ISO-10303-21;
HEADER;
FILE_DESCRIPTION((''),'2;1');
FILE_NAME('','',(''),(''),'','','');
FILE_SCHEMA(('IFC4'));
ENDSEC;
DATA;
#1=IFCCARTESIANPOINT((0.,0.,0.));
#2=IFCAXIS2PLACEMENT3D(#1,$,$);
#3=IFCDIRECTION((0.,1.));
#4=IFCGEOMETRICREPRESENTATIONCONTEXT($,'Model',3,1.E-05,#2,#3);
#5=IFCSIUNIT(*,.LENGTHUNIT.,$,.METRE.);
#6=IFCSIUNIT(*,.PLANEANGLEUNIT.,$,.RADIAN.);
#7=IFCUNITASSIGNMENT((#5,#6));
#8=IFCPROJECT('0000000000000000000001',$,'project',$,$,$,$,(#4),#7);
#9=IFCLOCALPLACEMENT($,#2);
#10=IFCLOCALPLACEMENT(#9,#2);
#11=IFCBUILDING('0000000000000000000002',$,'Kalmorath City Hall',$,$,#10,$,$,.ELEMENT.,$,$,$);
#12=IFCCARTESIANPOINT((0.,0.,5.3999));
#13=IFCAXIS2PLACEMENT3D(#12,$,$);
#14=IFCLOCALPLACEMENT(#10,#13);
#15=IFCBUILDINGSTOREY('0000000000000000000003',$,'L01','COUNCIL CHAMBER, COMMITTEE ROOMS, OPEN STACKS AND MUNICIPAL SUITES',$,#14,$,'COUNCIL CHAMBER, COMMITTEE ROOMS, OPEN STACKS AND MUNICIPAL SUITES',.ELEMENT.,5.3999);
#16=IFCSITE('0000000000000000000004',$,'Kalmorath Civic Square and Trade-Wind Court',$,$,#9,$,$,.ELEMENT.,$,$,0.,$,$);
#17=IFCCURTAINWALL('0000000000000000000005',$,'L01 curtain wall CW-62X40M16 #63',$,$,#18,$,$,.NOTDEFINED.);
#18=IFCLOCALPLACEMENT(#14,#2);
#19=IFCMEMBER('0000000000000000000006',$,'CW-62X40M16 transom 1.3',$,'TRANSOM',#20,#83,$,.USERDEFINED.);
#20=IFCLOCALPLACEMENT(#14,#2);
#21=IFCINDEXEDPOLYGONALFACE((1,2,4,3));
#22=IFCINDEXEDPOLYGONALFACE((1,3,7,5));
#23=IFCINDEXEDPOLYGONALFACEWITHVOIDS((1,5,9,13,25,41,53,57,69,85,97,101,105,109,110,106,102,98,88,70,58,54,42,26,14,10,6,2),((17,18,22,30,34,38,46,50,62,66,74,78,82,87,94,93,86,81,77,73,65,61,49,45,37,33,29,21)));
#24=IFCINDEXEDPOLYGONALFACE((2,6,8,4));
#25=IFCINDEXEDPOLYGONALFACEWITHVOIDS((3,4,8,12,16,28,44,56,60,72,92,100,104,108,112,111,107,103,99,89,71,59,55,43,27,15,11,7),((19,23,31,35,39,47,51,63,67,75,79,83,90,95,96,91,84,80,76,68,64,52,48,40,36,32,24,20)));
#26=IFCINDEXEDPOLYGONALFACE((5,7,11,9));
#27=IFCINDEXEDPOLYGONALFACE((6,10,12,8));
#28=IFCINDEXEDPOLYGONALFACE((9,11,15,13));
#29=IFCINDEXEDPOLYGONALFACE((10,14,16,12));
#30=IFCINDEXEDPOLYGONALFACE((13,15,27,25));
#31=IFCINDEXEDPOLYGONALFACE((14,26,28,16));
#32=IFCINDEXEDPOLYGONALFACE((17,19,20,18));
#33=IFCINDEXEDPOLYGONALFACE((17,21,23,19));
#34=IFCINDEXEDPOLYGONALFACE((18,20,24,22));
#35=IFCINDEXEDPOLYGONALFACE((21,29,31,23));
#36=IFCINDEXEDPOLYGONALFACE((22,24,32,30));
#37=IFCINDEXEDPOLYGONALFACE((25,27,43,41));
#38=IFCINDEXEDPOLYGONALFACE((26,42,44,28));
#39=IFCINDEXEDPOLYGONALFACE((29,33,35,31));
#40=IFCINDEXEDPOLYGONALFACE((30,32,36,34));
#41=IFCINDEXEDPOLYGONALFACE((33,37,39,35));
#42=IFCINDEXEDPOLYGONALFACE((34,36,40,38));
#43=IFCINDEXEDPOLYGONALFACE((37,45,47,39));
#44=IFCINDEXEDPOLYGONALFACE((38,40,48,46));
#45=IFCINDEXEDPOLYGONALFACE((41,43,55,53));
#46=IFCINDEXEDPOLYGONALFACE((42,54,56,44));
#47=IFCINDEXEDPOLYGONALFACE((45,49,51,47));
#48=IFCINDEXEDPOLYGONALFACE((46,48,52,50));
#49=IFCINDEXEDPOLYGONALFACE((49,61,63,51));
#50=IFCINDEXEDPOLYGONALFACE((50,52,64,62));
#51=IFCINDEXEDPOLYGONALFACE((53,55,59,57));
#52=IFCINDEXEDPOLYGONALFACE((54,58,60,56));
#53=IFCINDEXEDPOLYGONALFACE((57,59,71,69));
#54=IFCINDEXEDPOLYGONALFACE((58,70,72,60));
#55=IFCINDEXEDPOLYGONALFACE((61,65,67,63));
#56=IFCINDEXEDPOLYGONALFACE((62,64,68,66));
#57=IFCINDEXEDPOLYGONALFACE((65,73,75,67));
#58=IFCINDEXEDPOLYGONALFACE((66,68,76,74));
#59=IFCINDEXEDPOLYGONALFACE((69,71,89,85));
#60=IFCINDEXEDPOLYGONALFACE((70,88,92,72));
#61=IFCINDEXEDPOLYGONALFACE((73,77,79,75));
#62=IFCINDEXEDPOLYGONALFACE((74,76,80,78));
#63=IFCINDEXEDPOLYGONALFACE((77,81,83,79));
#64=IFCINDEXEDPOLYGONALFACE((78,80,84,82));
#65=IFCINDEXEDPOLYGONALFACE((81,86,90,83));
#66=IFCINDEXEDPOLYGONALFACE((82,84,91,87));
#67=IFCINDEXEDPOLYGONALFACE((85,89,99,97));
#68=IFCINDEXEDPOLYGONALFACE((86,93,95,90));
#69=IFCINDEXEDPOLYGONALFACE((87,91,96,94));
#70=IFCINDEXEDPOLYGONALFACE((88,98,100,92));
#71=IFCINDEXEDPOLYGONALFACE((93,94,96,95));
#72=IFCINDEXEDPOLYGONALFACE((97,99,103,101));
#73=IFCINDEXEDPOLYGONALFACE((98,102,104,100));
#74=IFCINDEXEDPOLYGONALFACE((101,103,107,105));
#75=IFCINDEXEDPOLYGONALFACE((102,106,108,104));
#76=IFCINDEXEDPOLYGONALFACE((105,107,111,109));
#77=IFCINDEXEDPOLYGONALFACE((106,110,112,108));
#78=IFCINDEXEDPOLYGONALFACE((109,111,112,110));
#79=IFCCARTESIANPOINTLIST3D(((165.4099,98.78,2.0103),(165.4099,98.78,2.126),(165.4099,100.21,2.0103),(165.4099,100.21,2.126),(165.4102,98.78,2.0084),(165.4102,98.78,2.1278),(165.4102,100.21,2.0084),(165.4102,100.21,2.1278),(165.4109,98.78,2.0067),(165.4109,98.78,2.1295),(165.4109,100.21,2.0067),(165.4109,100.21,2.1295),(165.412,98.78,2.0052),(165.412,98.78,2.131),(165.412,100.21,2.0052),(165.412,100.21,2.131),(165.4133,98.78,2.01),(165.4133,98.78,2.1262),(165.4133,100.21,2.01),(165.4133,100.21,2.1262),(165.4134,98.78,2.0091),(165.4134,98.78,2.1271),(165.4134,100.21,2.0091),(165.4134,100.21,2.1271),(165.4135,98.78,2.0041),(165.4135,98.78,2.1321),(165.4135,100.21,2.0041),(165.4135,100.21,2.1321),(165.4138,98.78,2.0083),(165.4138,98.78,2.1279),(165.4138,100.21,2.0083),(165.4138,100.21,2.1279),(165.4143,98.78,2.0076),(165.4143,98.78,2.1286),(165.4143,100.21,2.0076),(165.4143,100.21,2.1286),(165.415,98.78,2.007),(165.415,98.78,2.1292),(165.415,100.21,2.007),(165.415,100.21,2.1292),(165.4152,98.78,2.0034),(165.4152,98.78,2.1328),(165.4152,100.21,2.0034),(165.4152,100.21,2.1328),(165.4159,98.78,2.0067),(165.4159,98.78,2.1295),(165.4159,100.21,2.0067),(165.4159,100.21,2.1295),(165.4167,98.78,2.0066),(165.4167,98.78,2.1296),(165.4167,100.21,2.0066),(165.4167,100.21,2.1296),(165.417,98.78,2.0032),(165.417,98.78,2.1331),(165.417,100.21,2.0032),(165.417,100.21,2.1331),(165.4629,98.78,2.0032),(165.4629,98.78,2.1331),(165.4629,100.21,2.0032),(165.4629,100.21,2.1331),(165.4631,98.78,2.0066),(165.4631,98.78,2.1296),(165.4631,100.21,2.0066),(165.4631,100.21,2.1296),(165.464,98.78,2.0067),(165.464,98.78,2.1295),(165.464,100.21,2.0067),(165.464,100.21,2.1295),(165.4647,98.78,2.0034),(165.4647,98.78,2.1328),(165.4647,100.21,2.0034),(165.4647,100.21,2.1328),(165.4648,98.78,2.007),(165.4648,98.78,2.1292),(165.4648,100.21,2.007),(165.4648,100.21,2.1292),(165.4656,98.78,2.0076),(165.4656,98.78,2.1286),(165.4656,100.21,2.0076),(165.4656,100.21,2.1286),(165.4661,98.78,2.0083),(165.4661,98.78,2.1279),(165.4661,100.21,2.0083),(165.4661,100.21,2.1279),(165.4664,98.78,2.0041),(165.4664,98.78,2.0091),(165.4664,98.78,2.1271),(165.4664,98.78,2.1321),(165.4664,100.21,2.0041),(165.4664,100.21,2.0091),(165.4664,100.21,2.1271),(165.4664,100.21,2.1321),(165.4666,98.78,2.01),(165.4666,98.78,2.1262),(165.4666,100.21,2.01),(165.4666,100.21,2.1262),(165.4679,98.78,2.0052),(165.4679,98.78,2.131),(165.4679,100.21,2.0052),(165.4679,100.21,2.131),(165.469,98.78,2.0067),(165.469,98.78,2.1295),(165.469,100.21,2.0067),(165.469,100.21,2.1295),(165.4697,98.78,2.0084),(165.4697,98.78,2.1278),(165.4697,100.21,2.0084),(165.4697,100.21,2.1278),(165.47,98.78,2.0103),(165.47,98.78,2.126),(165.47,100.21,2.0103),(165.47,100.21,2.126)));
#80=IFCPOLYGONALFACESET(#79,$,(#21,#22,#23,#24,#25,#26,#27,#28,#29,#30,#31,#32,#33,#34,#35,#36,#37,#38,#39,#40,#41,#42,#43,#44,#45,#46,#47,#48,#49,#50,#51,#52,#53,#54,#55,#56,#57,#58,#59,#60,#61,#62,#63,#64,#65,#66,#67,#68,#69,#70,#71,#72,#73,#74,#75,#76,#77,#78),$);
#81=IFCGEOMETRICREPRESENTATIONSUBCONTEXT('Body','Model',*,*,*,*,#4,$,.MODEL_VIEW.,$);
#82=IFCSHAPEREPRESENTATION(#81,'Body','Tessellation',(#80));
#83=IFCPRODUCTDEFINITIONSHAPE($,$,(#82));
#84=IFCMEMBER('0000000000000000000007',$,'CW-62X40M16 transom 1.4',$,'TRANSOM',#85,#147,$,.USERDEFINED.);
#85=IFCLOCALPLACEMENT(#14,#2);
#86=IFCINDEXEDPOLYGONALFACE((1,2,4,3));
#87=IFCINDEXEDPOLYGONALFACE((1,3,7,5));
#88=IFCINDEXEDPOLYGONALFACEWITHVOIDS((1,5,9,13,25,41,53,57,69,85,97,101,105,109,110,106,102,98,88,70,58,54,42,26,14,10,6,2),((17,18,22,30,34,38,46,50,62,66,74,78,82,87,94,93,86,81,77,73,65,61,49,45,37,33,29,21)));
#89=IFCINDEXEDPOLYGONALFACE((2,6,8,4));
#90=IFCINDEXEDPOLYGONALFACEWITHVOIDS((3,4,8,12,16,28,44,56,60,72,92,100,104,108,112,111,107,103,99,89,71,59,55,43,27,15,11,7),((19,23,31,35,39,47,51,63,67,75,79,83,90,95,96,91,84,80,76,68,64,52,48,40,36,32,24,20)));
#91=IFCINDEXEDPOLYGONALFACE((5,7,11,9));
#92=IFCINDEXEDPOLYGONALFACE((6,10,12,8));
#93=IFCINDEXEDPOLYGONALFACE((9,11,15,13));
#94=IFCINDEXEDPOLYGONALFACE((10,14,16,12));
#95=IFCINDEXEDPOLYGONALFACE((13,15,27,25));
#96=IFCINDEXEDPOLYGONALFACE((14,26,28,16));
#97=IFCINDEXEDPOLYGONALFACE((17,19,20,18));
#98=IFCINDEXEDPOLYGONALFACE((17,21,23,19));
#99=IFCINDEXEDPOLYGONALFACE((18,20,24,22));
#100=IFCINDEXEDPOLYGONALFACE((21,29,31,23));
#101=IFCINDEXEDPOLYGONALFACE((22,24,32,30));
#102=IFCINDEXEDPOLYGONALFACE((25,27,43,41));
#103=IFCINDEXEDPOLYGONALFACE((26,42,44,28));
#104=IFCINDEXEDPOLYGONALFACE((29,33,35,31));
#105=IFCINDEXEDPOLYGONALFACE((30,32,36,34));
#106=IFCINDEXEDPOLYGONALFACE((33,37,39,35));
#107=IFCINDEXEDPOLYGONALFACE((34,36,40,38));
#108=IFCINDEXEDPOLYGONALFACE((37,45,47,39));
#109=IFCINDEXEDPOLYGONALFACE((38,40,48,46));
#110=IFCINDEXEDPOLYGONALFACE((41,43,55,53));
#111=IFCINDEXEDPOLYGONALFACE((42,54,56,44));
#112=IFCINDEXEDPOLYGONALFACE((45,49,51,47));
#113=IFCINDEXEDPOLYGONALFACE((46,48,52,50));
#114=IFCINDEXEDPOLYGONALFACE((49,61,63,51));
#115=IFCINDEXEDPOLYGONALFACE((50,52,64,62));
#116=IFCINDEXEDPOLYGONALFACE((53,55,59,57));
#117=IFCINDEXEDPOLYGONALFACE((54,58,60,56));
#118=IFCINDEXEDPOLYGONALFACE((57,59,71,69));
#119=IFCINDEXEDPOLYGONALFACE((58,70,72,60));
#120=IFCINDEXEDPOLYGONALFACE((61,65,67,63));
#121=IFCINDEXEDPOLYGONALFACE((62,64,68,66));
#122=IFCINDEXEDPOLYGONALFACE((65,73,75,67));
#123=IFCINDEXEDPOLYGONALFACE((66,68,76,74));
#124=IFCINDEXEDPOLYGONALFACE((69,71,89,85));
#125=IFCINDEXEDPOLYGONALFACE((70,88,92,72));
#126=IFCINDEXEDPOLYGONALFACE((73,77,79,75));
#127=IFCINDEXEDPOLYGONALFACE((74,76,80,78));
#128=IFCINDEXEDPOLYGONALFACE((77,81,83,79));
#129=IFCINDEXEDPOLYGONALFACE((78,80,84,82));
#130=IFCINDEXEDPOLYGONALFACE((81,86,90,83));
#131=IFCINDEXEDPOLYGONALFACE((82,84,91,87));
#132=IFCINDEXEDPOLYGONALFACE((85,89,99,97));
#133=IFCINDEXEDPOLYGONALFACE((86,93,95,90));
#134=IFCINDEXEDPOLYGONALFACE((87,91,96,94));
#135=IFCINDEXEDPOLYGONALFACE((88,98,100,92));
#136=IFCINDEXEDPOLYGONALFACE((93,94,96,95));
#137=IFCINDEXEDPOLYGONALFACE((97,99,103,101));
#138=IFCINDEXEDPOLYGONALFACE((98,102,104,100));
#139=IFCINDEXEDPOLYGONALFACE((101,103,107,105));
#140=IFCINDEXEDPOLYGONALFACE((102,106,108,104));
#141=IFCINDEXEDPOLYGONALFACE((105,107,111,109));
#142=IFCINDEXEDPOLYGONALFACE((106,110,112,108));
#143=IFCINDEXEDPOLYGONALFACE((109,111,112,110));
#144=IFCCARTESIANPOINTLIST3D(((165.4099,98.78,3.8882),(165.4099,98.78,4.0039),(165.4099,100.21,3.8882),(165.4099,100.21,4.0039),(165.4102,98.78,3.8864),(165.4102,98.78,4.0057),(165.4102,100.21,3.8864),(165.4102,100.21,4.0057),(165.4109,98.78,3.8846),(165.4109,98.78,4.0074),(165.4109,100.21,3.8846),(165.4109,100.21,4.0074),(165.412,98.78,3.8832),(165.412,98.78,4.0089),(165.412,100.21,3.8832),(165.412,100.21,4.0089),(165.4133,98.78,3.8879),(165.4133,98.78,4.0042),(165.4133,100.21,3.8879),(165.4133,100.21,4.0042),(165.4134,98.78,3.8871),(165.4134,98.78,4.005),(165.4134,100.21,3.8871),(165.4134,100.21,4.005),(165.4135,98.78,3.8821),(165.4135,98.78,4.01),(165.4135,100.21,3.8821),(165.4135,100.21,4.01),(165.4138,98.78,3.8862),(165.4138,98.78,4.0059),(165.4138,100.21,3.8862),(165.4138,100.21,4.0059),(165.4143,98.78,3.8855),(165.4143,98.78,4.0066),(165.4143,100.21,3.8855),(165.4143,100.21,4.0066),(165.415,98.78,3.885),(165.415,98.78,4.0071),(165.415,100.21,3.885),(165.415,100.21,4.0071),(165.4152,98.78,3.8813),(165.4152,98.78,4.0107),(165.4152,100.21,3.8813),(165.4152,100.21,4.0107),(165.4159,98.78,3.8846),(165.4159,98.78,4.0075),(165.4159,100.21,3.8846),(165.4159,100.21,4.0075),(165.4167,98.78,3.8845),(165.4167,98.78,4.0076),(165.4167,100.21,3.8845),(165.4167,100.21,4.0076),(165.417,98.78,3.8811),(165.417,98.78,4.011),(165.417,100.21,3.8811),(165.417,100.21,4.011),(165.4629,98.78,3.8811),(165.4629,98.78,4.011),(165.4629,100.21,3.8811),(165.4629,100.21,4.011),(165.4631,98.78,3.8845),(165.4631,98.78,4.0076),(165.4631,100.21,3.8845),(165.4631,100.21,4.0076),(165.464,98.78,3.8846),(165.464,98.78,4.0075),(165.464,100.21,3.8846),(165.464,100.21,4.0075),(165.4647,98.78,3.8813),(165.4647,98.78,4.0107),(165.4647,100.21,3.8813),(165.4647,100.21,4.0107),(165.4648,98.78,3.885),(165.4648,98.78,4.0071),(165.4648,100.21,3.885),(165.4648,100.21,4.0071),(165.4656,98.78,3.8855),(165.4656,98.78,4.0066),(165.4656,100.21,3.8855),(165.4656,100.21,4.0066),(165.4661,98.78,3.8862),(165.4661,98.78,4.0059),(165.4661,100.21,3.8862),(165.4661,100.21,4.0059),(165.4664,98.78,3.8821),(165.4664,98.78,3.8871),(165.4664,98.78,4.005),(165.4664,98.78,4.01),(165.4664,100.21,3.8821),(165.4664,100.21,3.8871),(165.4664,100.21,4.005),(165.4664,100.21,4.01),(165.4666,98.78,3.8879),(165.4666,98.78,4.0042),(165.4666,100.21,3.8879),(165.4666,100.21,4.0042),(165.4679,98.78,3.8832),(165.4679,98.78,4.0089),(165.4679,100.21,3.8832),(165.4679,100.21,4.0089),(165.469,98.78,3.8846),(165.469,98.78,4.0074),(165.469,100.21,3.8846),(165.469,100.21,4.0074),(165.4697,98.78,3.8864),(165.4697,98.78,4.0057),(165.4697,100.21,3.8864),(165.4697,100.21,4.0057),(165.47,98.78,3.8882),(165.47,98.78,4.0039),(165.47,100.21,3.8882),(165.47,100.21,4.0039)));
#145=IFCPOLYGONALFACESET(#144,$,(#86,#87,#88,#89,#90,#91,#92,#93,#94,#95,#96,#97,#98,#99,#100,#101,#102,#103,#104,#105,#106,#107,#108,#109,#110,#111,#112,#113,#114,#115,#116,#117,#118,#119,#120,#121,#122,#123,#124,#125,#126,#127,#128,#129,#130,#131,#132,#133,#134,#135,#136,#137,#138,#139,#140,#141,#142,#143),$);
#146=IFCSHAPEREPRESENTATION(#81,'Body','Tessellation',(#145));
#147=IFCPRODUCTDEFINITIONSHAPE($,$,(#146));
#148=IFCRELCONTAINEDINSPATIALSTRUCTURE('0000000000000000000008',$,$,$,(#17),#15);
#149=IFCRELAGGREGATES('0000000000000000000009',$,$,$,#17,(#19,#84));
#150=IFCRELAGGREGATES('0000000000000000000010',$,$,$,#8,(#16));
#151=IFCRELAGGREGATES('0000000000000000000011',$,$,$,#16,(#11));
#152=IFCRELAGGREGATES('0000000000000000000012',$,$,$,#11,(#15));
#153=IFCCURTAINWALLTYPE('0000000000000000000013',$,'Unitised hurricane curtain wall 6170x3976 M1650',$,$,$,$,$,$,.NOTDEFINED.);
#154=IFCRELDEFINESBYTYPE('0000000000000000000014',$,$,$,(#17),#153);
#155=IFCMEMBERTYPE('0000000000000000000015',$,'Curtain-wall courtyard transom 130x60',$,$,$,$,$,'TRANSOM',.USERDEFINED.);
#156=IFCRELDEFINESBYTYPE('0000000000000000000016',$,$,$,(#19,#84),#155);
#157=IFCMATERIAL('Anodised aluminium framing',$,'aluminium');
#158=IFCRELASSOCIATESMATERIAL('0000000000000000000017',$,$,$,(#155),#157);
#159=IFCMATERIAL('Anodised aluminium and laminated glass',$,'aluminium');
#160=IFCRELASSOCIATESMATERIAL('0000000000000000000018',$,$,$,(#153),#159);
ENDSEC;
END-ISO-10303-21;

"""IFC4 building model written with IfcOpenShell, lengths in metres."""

from ifc_helpers import new_model, si_unit, direction, frame, origin, origin_2d, place, context, subcontext, project, spatial, hollow_rectangle, extrude, material, material_profile, profile_set, type_object, element, aggregate, save


model = new_model("IFC4")

# Units and contexts
model_context = context("Model", 3, precision=1e-05, world=origin(), true_north=direction((0.0, 1.0)))
body_context = subcontext(model_context, "Body", "Model", "MODEL_VIEW")
ifc_project = project(units=[si_unit("LENGTHUNIT", "METRE"), si_unit("PLANEANGLEUNIT", "RADIAN")], contexts=[model_context])

# Site, building, storey
site_placement = place(None, origin())
site = spatial("IfcSite", under=ifc_project, at=site_placement, Name="Kalmorath Civic Square and Trade-Wind Court", CompositionType="ELEMENT", RefElevation=0.0)
building_placement = place(site_placement, origin())
building = spatial("IfcBuilding", under=site, at=building_placement, Name="Kalmorath City Hall", CompositionType="ELEMENT")
storey_placement = place(building_placement, frame((0.0, 0.0, 5.3999)))
storey = spatial("IfcBuildingStorey", under=building, at=storey_placement, Name="L01", Description="COUNCIL CHAMBER, COMMITTEE ROOMS, OPEN STACKS AND MUNICIPAL SUITES", LongName="COUNCIL CHAMBER, COMMITTEE ROOMS, OPEN STACKS AND MUNICIPAL SUITES", CompositionType="ELEMENT", Elevation=5.3999)

# Curtain wall, members
ifc_material_1 = material(Name="Anodised aluminium framing", Category="aluminium")
ifc_material_profile_1 = material_profile(ifc_material_1, hollow_rectangle(XDim=0.0601, YDim=0.1299, WallThickness=0.0034, InnerFilletRadius=0.0034, OuterFilletRadius=0.0071, at=origin_2d()), Name="ALU-TRN-130X60X3.5")
ifc_profile_set_1 = profile_set([ifc_material_profile_1], Name="Anodised aluminium framing")
member_type_1 = type_object("IfcMemberType", Name="Curtain-wall courtyard transom 130x60", ElementType="TRANSOM", PredefinedType="USERDEFINED", material=ifc_profile_set_1)
ifc_material_2 = material(Name="Anodised aluminium and laminated glass", Category="aluminium")
curtain_wall_type_1 = type_object("IfcCurtainWallType", Name="Unitised hurricane curtain wall 6170x3976 M1650", PredefinedType="NOTDEFINED", material=ifc_material_2)
curtain_wall_1_placement = place(storey_placement, origin())
curtain_wall_1 = element("IfcCurtainWall", 1, at=curtain_wall_1_placement, inside=storey, type_object=curtain_wall_type_1, Name="L01 curtain wall CW-62X40M16 #63", PredefinedType="NOTDEFINED")
member_1_placement = place(storey_placement, frame((165.4399, 100.21, 2.0681), z_axis=(0.0, -1.0, 0.0), x_axis=(1.0, 0.0, 0.0)))
member_1 = element("IfcMember", 2, at=member_1_placement, type_object=member_type_1, Name="CW-62X40M16 transom 1.3", ObjectType="TRANSOM", PredefinedType="USERDEFINED", context=body_context, shape_type="SweptSolid", body=[
    extrude(hollow_rectangle(XDim=0.0601, YDim=0.1299, WallThickness=0.0034, InnerFilletRadius=0.0034, OuterFilletRadius=0.0071, at=origin_2d()), origin(), (0.0, 0.0, 1.0), 1.4299),
])
member_2_placement = place(storey_placement, frame((165.4399, 100.21, 3.946), z_axis=(0.0, -1.0, 0.0), x_axis=(1.0, 0.0, 0.0)))
member_2 = element("IfcMember", 3, at=member_2_placement, type_object=member_type_1, Name="CW-62X40M16 transom 1.4", ObjectType="TRANSOM", PredefinedType="USERDEFINED", context=body_context, shape_type="SweptSolid", body=[
    extrude(hollow_rectangle(XDim=0.0601, YDim=0.1299, WallThickness=0.0034, InnerFilletRadius=0.0034, OuterFilletRadius=0.0071, at=origin_2d()), origin(), (0.0, 0.0, 1.0), 1.4299),
])

aggregate(curtain_wall_1, [member_1, member_2])

save(model, "model.ifc")
